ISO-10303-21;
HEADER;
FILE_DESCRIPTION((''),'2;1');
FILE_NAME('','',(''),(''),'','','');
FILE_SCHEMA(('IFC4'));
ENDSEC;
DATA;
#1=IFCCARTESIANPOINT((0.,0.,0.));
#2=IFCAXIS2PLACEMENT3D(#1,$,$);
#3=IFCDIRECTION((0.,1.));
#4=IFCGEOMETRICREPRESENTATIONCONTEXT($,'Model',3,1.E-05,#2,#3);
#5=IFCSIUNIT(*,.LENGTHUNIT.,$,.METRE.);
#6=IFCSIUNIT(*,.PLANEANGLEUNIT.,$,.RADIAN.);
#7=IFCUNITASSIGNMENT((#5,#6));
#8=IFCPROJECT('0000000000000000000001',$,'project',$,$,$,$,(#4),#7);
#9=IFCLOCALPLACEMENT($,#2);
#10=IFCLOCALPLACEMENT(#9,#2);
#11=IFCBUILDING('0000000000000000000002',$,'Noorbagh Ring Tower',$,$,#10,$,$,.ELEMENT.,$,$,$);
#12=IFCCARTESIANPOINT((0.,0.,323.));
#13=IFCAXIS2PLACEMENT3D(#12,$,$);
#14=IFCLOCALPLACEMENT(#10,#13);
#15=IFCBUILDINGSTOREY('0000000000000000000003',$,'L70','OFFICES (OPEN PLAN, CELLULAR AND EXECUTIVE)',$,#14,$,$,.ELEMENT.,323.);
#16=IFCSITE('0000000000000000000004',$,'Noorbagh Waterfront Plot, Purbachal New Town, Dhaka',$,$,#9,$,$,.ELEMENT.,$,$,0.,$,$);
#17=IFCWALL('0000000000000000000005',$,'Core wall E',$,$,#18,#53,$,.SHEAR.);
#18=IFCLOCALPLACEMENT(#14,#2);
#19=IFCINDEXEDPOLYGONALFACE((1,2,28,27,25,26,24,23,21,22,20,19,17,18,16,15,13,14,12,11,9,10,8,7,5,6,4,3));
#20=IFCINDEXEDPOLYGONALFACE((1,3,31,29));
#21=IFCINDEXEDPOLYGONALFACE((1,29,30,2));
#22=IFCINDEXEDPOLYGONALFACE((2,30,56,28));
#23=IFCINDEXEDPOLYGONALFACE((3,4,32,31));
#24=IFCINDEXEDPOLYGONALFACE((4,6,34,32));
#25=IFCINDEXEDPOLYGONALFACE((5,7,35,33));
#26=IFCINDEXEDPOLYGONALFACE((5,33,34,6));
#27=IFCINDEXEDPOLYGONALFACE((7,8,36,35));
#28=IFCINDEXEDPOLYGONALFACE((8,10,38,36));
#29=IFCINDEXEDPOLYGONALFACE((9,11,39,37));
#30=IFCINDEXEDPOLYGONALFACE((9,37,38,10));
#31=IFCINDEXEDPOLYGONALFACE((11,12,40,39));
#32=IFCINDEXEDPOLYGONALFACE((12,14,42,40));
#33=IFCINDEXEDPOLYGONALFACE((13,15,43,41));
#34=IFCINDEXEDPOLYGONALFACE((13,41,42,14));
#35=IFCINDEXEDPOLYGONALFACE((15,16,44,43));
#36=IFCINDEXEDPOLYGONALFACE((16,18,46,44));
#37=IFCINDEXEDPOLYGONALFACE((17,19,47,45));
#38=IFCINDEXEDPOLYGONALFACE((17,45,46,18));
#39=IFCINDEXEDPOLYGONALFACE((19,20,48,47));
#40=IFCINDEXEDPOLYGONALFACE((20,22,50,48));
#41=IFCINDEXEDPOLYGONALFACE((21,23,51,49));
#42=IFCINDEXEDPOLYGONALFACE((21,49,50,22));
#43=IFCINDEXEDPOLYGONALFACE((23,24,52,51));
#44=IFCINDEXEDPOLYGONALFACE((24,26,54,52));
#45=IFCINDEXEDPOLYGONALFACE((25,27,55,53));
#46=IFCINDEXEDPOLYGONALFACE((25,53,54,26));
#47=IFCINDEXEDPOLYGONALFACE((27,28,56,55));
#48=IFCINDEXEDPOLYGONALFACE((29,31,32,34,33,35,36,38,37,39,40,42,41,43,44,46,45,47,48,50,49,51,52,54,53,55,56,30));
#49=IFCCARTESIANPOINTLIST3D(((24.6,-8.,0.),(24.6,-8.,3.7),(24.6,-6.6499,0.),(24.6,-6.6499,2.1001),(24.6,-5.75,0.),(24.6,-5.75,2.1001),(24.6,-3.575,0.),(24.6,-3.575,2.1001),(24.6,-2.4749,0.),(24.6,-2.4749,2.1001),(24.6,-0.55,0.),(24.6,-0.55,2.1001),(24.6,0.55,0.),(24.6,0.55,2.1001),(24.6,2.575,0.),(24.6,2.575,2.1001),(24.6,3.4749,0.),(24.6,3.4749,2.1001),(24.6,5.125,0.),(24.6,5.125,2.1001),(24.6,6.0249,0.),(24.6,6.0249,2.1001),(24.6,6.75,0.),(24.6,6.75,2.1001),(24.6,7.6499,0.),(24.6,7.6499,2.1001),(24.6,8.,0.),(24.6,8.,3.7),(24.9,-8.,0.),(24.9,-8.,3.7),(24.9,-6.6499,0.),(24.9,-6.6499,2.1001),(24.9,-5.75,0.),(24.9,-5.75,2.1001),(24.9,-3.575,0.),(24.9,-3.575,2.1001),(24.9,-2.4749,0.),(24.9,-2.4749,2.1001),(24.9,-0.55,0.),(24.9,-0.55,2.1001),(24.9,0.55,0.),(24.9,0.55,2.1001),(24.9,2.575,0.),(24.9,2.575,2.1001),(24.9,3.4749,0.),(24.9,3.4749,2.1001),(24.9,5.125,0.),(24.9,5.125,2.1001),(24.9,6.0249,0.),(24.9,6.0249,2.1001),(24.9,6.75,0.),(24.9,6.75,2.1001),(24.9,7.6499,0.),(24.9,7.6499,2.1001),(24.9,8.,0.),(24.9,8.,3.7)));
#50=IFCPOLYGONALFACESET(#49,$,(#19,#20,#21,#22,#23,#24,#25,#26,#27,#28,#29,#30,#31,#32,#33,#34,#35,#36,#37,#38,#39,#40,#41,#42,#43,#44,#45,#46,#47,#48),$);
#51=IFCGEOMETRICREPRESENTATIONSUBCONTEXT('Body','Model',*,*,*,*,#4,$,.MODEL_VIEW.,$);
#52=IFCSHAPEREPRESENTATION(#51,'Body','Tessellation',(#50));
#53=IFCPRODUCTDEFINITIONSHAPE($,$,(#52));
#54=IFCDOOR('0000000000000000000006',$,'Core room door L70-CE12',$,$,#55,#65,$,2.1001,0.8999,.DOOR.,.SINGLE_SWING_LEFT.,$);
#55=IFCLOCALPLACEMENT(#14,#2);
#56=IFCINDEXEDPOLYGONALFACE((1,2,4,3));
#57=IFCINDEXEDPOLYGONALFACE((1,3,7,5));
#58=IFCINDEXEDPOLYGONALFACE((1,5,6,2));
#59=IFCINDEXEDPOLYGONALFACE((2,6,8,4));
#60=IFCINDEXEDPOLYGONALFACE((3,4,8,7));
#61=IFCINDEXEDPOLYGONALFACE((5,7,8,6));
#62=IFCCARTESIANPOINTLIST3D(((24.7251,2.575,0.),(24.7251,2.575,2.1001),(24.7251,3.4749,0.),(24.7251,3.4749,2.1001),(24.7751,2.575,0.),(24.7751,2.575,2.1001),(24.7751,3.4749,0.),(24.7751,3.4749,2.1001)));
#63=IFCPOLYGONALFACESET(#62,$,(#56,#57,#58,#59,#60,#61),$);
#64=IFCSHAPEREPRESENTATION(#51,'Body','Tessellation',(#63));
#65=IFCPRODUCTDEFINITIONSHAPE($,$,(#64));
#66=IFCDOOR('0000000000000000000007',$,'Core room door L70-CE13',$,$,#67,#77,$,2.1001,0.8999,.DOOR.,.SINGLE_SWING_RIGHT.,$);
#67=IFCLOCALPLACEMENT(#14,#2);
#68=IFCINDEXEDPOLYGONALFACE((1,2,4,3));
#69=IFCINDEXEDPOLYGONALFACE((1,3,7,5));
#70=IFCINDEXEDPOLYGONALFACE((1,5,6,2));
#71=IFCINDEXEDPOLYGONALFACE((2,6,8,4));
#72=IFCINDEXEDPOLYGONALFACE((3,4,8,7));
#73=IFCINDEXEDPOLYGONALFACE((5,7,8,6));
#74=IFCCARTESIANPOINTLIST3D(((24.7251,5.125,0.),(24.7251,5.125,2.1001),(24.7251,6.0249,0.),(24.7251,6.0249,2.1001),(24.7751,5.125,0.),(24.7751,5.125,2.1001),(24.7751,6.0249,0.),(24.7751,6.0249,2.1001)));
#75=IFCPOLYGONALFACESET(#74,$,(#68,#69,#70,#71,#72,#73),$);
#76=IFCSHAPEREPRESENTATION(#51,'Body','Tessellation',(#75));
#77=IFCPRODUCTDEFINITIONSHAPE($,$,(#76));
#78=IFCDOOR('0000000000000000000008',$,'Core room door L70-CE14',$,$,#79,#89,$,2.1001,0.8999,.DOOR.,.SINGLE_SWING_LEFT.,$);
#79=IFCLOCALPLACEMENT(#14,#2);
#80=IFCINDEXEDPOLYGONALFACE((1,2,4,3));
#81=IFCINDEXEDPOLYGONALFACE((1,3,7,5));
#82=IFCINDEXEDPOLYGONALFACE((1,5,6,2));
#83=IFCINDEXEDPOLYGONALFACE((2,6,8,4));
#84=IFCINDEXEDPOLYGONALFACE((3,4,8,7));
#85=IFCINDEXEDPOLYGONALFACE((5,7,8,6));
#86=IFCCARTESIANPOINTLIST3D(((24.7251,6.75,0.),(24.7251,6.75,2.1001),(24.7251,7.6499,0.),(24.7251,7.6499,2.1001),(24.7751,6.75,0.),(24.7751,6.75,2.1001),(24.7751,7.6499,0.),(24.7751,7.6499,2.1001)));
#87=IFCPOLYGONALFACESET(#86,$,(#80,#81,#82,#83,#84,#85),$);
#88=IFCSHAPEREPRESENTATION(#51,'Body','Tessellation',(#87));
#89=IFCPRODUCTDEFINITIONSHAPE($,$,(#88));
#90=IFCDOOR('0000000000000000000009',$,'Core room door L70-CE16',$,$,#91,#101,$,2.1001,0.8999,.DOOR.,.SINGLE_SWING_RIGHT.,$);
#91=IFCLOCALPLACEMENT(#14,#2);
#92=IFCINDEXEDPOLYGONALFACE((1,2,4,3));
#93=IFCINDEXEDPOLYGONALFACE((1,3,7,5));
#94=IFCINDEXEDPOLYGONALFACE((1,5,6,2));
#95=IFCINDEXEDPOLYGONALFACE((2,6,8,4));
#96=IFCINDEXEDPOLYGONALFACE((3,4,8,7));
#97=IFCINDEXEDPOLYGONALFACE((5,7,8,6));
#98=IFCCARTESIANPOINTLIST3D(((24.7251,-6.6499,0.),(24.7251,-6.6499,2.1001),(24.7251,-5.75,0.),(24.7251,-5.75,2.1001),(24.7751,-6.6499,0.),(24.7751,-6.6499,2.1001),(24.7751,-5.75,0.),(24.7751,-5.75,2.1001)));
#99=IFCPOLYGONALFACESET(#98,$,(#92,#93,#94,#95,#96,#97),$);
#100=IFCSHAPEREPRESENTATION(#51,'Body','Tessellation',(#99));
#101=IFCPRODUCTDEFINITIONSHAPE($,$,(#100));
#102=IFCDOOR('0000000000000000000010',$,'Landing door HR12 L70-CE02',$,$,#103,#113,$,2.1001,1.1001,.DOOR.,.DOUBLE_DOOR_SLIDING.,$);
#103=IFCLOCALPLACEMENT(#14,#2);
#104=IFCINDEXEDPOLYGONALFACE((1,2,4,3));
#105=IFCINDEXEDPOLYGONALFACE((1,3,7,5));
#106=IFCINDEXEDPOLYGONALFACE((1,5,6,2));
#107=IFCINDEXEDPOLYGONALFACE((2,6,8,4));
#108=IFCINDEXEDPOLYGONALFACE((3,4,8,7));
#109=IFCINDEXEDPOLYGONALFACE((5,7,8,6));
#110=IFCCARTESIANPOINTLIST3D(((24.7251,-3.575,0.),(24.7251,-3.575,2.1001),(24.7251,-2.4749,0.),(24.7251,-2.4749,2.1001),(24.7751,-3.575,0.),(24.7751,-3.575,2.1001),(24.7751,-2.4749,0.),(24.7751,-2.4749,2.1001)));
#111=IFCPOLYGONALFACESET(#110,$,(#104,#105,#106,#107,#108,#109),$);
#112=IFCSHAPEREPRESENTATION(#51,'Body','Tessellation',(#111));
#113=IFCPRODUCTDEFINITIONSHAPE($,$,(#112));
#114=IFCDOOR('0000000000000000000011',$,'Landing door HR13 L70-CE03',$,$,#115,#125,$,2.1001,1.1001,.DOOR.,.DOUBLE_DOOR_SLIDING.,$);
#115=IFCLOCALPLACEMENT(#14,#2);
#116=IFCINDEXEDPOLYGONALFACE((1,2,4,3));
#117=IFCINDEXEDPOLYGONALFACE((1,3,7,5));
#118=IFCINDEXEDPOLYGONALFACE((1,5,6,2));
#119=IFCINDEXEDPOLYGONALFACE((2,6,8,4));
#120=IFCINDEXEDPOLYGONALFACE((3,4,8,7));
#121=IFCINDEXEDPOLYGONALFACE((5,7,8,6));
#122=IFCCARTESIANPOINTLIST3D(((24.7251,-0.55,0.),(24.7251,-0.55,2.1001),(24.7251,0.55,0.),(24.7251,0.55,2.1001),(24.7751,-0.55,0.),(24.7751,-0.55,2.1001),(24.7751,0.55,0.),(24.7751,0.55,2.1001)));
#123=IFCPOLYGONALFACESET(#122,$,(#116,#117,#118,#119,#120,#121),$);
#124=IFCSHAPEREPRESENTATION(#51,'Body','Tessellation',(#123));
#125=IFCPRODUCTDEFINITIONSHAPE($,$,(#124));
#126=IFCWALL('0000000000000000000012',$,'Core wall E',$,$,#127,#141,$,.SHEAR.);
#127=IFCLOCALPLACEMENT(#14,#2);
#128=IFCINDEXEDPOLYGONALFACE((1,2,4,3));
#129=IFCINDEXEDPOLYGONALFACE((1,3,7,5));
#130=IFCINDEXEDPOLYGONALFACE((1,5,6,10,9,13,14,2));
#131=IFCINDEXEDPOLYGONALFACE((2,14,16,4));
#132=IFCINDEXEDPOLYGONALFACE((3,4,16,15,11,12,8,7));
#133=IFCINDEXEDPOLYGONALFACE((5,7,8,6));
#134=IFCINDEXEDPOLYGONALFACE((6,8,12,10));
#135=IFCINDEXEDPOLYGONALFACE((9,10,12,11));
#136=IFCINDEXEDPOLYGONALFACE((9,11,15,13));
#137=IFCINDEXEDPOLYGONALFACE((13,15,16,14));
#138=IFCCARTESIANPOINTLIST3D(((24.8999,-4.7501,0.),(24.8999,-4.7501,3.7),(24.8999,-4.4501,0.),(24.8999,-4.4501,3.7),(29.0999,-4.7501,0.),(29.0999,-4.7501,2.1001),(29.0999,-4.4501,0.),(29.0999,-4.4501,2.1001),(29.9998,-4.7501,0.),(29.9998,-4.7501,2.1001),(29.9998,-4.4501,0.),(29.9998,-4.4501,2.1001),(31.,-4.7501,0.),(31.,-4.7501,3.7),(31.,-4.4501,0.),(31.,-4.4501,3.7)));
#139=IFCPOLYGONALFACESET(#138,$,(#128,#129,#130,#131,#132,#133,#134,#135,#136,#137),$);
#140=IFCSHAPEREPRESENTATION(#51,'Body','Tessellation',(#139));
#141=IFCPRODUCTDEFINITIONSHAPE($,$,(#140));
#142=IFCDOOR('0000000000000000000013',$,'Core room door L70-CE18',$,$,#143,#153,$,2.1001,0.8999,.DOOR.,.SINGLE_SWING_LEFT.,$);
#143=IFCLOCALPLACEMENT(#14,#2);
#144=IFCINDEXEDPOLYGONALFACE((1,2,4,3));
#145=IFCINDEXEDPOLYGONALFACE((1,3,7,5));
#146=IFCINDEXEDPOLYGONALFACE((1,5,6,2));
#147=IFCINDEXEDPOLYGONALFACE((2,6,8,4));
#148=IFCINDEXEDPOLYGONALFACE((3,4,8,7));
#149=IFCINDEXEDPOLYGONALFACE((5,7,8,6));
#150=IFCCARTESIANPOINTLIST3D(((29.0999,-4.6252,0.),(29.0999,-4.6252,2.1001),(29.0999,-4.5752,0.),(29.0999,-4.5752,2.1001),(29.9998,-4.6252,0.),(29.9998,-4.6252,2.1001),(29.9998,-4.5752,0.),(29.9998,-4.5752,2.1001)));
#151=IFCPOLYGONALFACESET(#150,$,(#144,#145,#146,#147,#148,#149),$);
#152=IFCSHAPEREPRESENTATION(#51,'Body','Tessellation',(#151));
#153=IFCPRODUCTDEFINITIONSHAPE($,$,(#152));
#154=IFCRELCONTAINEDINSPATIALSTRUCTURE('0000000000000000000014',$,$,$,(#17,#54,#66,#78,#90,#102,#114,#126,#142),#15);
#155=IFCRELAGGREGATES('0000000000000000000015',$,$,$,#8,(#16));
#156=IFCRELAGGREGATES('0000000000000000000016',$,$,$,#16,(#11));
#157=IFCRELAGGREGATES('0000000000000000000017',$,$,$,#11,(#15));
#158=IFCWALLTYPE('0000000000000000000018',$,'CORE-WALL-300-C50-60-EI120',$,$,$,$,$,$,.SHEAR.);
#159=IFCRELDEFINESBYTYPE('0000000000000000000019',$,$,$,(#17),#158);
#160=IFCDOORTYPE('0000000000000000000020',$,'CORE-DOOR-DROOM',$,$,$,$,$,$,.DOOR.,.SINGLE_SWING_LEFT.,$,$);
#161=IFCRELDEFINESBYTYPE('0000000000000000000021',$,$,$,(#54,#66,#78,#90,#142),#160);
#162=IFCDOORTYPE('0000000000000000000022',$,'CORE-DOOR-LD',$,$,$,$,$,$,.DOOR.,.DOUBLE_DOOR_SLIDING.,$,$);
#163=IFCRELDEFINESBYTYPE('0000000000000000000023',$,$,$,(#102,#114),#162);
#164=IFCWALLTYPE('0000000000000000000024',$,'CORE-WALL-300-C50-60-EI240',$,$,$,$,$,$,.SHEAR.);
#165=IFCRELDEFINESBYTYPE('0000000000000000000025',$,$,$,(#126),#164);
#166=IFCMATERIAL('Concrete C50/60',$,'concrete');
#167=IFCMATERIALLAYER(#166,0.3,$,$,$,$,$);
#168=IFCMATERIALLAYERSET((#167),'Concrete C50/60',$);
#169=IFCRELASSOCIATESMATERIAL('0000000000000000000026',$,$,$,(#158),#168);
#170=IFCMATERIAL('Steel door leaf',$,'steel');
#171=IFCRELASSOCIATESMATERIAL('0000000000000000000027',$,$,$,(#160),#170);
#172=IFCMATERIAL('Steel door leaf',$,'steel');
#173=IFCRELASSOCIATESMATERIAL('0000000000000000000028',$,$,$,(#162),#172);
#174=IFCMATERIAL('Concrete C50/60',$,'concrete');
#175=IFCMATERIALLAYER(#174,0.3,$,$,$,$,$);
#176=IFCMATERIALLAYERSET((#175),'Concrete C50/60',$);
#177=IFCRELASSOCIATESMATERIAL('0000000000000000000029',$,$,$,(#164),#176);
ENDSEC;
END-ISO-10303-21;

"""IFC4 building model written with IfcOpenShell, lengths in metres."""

from ifc_helpers import new_model, si_unit, direction, frame, frame_2d, origin, place, context, subcontext, project, spatial, rectangle, extrude, material, layer, layer_set, type_object, element, fill, save


model = new_model("IFC4")

# Units and contexts
model_context = context("Model", 3, precision=1e-05, world=origin(), true_north=direction((0.0, 1.0)))
body_context = subcontext(model_context, "Body", "Model", "MODEL_VIEW")
ifc_project = project(units=[si_unit("LENGTHUNIT", "METRE"), si_unit("PLANEANGLEUNIT", "RADIAN")], contexts=[model_context])

# Site, building, storey
site_placement = place(None, origin())
site = spatial("IfcSite", under=ifc_project, at=site_placement, Name="Noorbagh Waterfront Plot, Purbachal New Town, Dhaka", CompositionType="ELEMENT", RefElevation=0.0)
building_placement = place(site_placement, origin())
building = spatial("IfcBuilding", under=site, at=building_placement, Name="Noorbagh Ring Tower", CompositionType="ELEMENT")
storey_placement = place(building_placement, frame((0.0, 0.0, 323.0)))
storey = spatial("IfcBuildingStorey", under=building, at=storey_placement, Name="L70", Description="OFFICES (OPEN PLAN, CELLULAR AND EXECUTIVE)", CompositionType="ELEMENT", Elevation=323.0)

# Shared definitions
ifc_material_1 = material(Name="Concrete C50/60", Category="concrete")
ifc_layer_1 = layer(ifc_material_1, 0.3)
ifc_layer_set_1 = layer_set([ifc_layer_1], Name="Concrete C50/60")
wall_type_1 = type_object("IfcWallType", Name="CORE-WALL-300-C50-60-EI120", PredefinedType="SHEAR", material=ifc_layer_set_1)

# Wall, openings, doors
wall_1_placement = place(storey_placement, frame((24.75, -8.0, 0.0), z_axis=(0.0, 0.0, 1.0), x_axis=(0.0, 1.0, 0.0)))
wall_1 = element("IfcWall", 1, at=wall_1_placement, inside=storey, type_object=wall_type_1, Name="Core wall E", PredefinedType="SHEAR", context=body_context, shape_type="SweptSolid", body=[
    extrude(rectangle(XDim=16.0, YDim=0.3, at=frame_2d((8.0, 0.0))), origin(), (0.0, 0.0, 1.0), 3.7),
])
opening_1_placement = place(wall_1_placement, frame((4.425, 0.0, 0.0)))
opening_1 = element("IfcOpeningElement", 2, at=opening_1_placement, cuts=wall_1, PredefinedType="OPENING", context=body_context, shape_type="SweptSolid", body=[
    extrude(rectangle(XDim=1.1001, YDim=2.1001, at=frame_2d((0.55, 1.05))), frame((0.0, 0.1602, 0.0), z_axis=(0.0, -1.0, 0.0), x_axis=(1.0, 0.0, 0.0)), (0.0, 0.0, 1.0), 0.3201),
])
opening_2_placement = place(wall_1_placement, frame((7.45, 0.0, 0.0)))
opening_2 = element("IfcOpeningElement", 3, at=opening_2_placement, cuts=wall_1, PredefinedType="OPENING", context=body_context, shape_type="SweptSolid", body=[
    extrude(rectangle(XDim=1.1001, YDim=2.1001, at=frame_2d((0.55, 1.05))), frame((0.0, 0.1602, 0.0), z_axis=(0.0, -1.0, 0.0), x_axis=(1.0, 0.0, 0.0)), (0.0, 0.0, 1.0), 0.3201),
])
opening_3_placement = place(wall_1_placement, frame((10.575, 0.0, 0.0)))
opening_3 = element("IfcOpeningElement", 4, at=opening_3_placement, cuts=wall_1, PredefinedType="OPENING", context=body_context, shape_type="SweptSolid", body=[
    extrude(rectangle(XDim=0.8999, YDim=2.1001, at=frame_2d((0.45, 1.05))), frame((0.0, 0.1602, 0.0), z_axis=(0.0, -1.0, 0.0), x_axis=(1.0, 0.0, 0.0)), (0.0, 0.0, 1.0), 0.3201),
])
opening_4_placement = place(wall_1_placement, frame((13.125, 0.0, 0.0)))
opening_4 = element("IfcOpeningElement", 5, at=opening_4_placement, cuts=wall_1, PredefinedType="OPENING", context=body_context, shape_type="SweptSolid", body=[
    extrude(rectangle(XDim=0.8999, YDim=2.1001, at=frame_2d((0.45, 1.05))), frame((0.0, 0.1602, 0.0), z_axis=(0.0, -1.0, 0.0), x_axis=(1.0, 0.0, 0.0)), (0.0, 0.0, 1.0), 0.3201),
])
opening_5_placement = place(wall_1_placement, frame((14.75, 0.0, 0.0)))
opening_5 = element("IfcOpeningElement", 6, at=opening_5_placement, cuts=wall_1, PredefinedType="OPENING", context=body_context, shape_type="SweptSolid", body=[
    extrude(rectangle(XDim=0.8999, YDim=2.1001, at=frame_2d((0.45, 1.05))), frame((0.0, 0.1602, 0.0), z_axis=(0.0, -1.0, 0.0), x_axis=(1.0, 0.0, 0.0)), (0.0, 0.0, 1.0), 0.3201),
])
opening_6_placement = place(wall_1_placement, frame((1.3501, 0.0, 0.0)))
opening_6 = element("IfcOpeningElement", 7, at=opening_6_placement, cuts=wall_1, PredefinedType="OPENING", context=body_context, shape_type="SweptSolid", body=[
    extrude(rectangle(XDim=0.8999, YDim=2.1001, at=frame_2d((0.45, 1.05))), frame((0.0, 0.1602, 0.0), z_axis=(0.0, -1.0, 0.0), x_axis=(1.0, 0.0, 0.0)), (0.0, 0.0, 1.0), 0.3201),
])
ifc_material_2 = material(Name="Steel door leaf", Category="steel")
door_type_1 = type_object("IfcDoorType", Name="CORE-DOOR-DROOM", OperationType="SINGLE_SWING_LEFT", PredefinedType="DOOR", material=ifc_material_2)
door_1_placement = place(opening_3_placement, origin())
door_1 = element("IfcDoor", 8, at=door_1_placement, inside=storey, type_object=door_type_1, Name="Core room door L70-CE12", OperationType="SINGLE_SWING_LEFT", OverallHeight=2.1001, OverallWidth=0.8999, PredefinedType="DOOR", context=body_context, shape_type="SweptSolid", body=[
    extrude(rectangle(XDim=0.8999, YDim=2.1001, at=frame_2d((0.45, 1.05))), frame((0.0, 0.0249, 0.0), z_axis=(0.0, -1.0, 0.0), x_axis=(1.0, 0.0, 0.0)), (0.0, 0.0, 1.0), 0.05),
])
fill(opening_3, door_1)
door_2_placement = place(opening_4_placement, origin())
door_2 = element("IfcDoor", 9, at=door_2_placement, inside=storey, type_object=door_type_1, Name="Core room door L70-CE13", OperationType="SINGLE_SWING_RIGHT", OverallHeight=2.1001, OverallWidth=0.8999, PredefinedType="DOOR", context=body_context, shape_type="SweptSolid", body=[
    extrude(rectangle(XDim=0.8999, YDim=2.1001, at=frame_2d((0.45, 1.05))), frame((0.0, 0.0249, 0.0), z_axis=(0.0, -1.0, 0.0), x_axis=(1.0, 0.0, 0.0)), (0.0, 0.0, 1.0), 0.05),
])
fill(opening_4, door_2)
door_3_placement = place(opening_5_placement, origin())
door_3 = element("IfcDoor", 10, at=door_3_placement, inside=storey, type_object=door_type_1, Name="Core room door L70-CE14", OperationType="SINGLE_SWING_LEFT", OverallHeight=2.1001, OverallWidth=0.8999, PredefinedType="DOOR", context=body_context, shape_type="SweptSolid", body=[
    extrude(rectangle(XDim=0.8999, YDim=2.1001, at=frame_2d((0.45, 1.05))), frame((0.0, 0.0249, 0.0), z_axis=(0.0, -1.0, 0.0), x_axis=(1.0, 0.0, 0.0)), (0.0, 0.0, 1.0), 0.05),
])
fill(opening_5, door_3)
door_4_placement = place(opening_6_placement, origin())
door_4 = element("IfcDoor", 11, at=door_4_placement, inside=storey, type_object=door_type_1, Name="Core room door L70-CE16", OperationType="SINGLE_SWING_RIGHT", OverallHeight=2.1001, OverallWidth=0.8999, PredefinedType="DOOR", context=body_context, shape_type="SweptSolid", body=[
    extrude(rectangle(XDim=0.8999, YDim=2.1001, at=frame_2d((0.45, 1.05))), frame((0.0, 0.0249, 0.0), z_axis=(0.0, -1.0, 0.0), x_axis=(1.0, 0.0, 0.0)), (0.0, 0.0, 1.0), 0.05),
])
fill(opening_6, door_4)
ifc_material_3 = material(Name="Steel door leaf", Category="steel")
door_type_2 = type_object("IfcDoorType", Name="CORE-DOOR-LD", OperationType="DOUBLE_DOOR_SLIDING", PredefinedType="DOOR", material=ifc_material_3)
door_5_placement = place(opening_1_placement, origin())
door_5 = element("IfcDoor", 12, at=door_5_placement, inside=storey, type_object=door_type_2, Name="Landing door HR12 L70-CE02", OperationType="DOUBLE_DOOR_SLIDING", OverallHeight=2.1001, OverallWidth=1.1001, PredefinedType="DOOR", context=body_context, shape_type="SweptSolid", body=[
    extrude(rectangle(XDim=1.1001, YDim=2.1001, at=frame_2d((0.55, 1.05))), frame((0.0, 0.0249, 0.0), z_axis=(0.0, -1.0, 0.0), x_axis=(1.0, 0.0, 0.0)), (0.0, 0.0, 1.0), 0.05),
])
fill(opening_1, door_5)
door_6_placement = place(opening_2_placement, origin())
door_6 = element("IfcDoor", 13, at=door_6_placement, inside=storey, type_object=door_type_2, Name="Landing door HR13 L70-CE03", OperationType="DOUBLE_DOOR_SLIDING", OverallHeight=2.1001, OverallWidth=1.1001, PredefinedType="DOOR", context=body_context, shape_type="SweptSolid", body=[
    extrude(rectangle(XDim=1.1001, YDim=2.1001, at=frame_2d((0.55, 1.05))), frame((0.0, 0.0249, 0.0), z_axis=(0.0, -1.0, 0.0), x_axis=(1.0, 0.0, 0.0)), (0.0, 0.0, 1.0), 0.05),
])
fill(opening_2, door_6)

# Wall, opening, door
ifc_material_4 = material(Name="Concrete C50/60", Category="concrete")
ifc_layer_2 = layer(ifc_material_4, 0.3)
ifc_layer_set_2 = layer_set([ifc_layer_2], Name="Concrete C50/60")
wall_type_2 = type_object("IfcWallType", Name="CORE-WALL-300-C50-60-EI240", PredefinedType="SHEAR", material=ifc_layer_set_2)
wall_2_placement = place(storey_placement, frame((24.8999, -4.6001, 0.0), z_axis=(0.0, 0.0, 1.0), x_axis=(1.0, 0.0, 0.0)))
wall_2 = element("IfcWall", 14, at=wall_2_placement, inside=storey, type_object=wall_type_2, Name="Core wall E", PredefinedType="SHEAR", context=body_context, shape_type="SweptSolid", body=[
    extrude(rectangle(XDim=6.1001, YDim=0.3, at=frame_2d((3.05, 0.0))), origin(), (0.0, 0.0, 1.0), 3.7),
])
opening_7_placement = place(wall_2_placement, frame((4.2, 0.0, 0.0)))
opening_7 = element("IfcOpeningElement", 15, at=opening_7_placement, cuts=wall_2, PredefinedType="OPENING", context=body_context, shape_type="SweptSolid", body=[
    extrude(rectangle(XDim=0.8999, YDim=2.1001, at=frame_2d((0.45, 1.05))), frame((0.0, 0.1602, 0.0), z_axis=(0.0, -1.0, 0.0), x_axis=(1.0, 0.0, 0.0)), (0.0, 0.0, 1.0), 0.3201),
])
door_7_placement = place(opening_7_placement, origin())
door_7 = element("IfcDoor", 16, at=door_7_placement, inside=storey, type_object=door_type_1, Name="Core room door L70-CE18", OperationType="SINGLE_SWING_LEFT", OverallHeight=2.1001, OverallWidth=0.8999, PredefinedType="DOOR", context=body_context, shape_type="SweptSolid", body=[
    extrude(rectangle(XDim=0.8999, YDim=2.1001, at=frame_2d((0.45, 1.05))), frame((0.0, 0.0249, 0.0), z_axis=(0.0, -1.0, 0.0), x_axis=(1.0, 0.0, 0.0)), (0.0, 0.0, 1.0), 0.05),
])
fill(opening_7, door_7)

save(model, "model.ifc")
